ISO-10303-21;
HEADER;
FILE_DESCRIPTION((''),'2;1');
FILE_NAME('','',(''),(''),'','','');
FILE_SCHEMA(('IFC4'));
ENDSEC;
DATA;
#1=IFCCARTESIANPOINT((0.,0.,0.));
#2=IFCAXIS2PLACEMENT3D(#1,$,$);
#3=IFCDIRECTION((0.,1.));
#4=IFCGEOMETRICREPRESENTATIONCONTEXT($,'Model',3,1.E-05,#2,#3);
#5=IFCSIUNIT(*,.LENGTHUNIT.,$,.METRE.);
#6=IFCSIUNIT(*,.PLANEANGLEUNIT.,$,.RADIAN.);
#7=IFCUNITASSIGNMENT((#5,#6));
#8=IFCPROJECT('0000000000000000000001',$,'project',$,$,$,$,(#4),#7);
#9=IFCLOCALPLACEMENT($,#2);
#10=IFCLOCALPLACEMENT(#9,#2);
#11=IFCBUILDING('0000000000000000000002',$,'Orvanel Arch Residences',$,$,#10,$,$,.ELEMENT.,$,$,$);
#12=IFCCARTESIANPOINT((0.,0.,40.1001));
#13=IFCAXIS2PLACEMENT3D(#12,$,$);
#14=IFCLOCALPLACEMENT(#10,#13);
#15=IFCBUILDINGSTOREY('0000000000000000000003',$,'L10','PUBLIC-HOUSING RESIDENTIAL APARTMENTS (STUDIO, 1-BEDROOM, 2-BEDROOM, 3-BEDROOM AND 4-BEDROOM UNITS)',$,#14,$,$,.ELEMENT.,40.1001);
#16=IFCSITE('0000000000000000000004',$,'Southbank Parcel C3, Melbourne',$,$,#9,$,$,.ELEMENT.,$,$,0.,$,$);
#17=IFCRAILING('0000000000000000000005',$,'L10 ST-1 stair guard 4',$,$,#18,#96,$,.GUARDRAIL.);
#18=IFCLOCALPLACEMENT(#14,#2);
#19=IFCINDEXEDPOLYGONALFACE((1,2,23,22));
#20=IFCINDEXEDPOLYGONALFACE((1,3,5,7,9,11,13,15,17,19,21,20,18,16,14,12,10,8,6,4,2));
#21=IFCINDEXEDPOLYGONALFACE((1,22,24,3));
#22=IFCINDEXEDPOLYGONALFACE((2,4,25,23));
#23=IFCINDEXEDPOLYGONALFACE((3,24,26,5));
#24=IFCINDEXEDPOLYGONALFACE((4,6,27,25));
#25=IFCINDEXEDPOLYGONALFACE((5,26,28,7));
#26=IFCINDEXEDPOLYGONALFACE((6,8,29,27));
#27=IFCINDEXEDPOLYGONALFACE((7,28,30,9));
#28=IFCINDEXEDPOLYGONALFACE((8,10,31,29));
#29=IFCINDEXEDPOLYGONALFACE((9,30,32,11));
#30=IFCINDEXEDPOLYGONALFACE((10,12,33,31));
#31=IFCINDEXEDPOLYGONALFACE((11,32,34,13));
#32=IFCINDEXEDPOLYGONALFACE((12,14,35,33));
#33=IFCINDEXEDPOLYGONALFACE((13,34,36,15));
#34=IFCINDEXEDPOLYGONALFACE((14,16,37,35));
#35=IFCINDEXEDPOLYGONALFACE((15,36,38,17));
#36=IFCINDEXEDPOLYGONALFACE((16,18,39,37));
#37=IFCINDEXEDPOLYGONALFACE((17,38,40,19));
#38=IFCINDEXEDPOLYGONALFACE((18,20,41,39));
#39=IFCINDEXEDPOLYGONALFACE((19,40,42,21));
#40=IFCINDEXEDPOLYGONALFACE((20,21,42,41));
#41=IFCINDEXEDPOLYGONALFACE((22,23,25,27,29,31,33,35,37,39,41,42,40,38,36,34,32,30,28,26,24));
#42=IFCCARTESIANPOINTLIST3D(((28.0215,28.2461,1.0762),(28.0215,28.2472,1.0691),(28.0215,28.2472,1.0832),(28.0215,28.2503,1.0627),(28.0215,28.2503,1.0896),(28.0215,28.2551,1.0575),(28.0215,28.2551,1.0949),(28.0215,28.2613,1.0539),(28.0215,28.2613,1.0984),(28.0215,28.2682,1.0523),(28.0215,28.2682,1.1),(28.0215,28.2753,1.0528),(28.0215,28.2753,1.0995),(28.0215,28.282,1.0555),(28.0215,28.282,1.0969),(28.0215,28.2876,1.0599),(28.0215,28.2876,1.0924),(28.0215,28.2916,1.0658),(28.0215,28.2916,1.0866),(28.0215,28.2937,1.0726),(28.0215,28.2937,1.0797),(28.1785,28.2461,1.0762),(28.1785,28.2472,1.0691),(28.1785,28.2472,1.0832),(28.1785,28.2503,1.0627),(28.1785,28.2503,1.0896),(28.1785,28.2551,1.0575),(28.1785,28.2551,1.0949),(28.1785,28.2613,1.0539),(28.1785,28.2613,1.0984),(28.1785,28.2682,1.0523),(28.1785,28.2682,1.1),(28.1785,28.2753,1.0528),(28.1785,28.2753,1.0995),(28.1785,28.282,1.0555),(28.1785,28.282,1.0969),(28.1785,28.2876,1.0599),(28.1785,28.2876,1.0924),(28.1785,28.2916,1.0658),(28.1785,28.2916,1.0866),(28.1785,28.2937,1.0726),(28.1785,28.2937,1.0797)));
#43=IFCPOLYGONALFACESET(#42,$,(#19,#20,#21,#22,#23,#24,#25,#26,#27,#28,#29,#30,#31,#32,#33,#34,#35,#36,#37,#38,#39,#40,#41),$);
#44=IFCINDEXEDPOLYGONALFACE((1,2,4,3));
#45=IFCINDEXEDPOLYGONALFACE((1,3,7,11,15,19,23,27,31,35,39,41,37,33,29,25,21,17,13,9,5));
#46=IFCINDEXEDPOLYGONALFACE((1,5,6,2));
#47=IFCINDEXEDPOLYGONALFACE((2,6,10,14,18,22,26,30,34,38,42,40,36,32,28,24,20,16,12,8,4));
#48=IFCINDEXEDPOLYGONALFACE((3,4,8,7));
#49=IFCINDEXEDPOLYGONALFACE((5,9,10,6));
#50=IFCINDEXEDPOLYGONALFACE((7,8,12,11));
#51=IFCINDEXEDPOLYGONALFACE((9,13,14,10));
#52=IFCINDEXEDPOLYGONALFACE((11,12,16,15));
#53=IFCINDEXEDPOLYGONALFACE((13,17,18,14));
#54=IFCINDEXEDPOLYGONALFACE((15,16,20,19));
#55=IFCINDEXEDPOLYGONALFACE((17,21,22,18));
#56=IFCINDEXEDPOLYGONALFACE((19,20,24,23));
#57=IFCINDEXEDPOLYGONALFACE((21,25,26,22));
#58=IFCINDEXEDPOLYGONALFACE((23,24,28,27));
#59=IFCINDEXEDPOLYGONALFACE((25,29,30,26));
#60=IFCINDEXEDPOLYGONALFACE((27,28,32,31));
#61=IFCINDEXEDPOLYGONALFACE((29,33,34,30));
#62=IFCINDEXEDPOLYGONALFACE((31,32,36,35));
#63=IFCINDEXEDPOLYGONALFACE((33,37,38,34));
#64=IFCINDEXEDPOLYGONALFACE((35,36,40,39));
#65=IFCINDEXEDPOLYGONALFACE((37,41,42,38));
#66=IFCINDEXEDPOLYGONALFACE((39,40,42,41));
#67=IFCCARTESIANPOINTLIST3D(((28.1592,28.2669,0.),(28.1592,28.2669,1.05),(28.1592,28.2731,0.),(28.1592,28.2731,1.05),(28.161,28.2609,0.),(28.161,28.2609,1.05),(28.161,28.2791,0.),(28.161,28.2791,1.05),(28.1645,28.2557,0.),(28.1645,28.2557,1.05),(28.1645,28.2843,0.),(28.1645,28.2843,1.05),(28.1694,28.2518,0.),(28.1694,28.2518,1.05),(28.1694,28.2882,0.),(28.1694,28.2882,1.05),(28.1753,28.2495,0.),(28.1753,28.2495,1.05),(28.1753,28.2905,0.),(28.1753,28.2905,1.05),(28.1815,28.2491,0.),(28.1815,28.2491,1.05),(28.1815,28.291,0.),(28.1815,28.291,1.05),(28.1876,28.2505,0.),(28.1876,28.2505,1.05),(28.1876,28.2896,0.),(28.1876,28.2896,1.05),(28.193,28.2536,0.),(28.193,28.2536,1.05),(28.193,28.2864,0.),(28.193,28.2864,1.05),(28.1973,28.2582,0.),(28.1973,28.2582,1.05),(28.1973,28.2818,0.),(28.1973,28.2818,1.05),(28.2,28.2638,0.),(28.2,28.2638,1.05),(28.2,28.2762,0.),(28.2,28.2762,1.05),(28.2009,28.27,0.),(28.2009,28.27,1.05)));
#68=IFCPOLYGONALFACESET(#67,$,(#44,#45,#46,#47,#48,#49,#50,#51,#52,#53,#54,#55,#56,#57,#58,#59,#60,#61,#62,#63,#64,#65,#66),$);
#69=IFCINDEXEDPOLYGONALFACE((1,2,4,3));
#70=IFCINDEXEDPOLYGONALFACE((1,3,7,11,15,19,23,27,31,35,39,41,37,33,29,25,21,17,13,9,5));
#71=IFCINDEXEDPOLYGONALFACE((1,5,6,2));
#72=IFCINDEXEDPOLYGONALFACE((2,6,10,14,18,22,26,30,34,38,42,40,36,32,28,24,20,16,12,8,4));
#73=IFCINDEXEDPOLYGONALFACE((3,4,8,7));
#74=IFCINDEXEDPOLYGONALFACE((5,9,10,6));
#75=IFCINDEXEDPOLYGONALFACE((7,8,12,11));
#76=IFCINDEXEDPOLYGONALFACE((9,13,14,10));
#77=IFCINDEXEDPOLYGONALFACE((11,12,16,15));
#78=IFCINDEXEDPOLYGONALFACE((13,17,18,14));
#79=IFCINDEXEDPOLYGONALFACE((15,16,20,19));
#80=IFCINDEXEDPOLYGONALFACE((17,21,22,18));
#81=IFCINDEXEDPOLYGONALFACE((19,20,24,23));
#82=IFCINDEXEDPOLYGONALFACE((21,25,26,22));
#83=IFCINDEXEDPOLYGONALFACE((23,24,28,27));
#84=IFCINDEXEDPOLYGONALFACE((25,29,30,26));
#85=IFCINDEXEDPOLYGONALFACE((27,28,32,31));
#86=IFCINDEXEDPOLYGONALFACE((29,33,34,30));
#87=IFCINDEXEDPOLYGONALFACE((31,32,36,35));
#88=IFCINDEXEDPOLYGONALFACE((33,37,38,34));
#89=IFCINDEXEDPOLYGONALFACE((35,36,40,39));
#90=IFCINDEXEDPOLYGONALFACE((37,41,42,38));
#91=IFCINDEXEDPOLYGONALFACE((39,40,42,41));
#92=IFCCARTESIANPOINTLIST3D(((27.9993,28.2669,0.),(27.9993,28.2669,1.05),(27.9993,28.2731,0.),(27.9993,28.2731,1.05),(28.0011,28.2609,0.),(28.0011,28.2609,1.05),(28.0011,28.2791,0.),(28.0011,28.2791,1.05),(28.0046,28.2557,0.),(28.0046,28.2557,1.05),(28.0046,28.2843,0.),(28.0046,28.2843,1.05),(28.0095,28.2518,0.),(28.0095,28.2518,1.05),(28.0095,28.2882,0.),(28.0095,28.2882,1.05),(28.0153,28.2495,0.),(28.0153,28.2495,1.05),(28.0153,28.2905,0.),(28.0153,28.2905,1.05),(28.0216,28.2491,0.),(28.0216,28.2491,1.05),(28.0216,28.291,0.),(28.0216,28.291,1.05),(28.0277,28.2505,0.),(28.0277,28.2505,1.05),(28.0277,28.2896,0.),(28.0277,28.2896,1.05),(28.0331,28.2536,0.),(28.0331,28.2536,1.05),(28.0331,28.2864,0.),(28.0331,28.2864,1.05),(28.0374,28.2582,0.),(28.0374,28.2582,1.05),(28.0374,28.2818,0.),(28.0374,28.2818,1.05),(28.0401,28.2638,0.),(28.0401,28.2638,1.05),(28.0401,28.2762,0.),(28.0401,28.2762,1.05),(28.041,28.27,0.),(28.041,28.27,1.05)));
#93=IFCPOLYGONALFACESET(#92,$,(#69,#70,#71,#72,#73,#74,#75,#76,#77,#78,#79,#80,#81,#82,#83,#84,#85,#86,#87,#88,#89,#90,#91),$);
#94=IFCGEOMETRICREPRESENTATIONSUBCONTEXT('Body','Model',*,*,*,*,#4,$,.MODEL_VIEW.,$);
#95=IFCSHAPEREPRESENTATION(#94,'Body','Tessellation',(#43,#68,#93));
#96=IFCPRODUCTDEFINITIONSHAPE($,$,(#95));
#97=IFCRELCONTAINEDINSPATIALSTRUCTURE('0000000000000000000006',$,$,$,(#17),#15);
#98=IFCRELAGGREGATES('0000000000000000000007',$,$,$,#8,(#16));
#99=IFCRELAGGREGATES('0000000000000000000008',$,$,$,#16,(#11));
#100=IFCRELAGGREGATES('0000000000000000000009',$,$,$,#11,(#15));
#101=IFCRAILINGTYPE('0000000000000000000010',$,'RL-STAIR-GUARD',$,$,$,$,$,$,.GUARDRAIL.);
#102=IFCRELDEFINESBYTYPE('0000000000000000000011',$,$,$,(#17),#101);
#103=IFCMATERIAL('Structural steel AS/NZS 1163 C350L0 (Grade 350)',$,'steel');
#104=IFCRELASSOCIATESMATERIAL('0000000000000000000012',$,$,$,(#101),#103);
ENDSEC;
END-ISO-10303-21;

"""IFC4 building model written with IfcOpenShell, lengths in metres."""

from ifc_helpers import new_model, si_unit, direction, frame, origin, origin_2d, place, context, subcontext, project, spatial, circle, extrude, material, type_object, element, save


model = new_model("IFC4")

# Units and contexts
model_context = context("Model", 3, precision=1e-05, world=origin(), true_north=direction((0.0, 1.0)))
body_context = subcontext(model_context, "Body", "Model", "MODEL_VIEW")
ifc_project = project(units=[si_unit("LENGTHUNIT", "METRE"), si_unit("PLANEANGLEUNIT", "RADIAN")], contexts=[model_context])

# Site, building, storey
site_placement = place(None, origin())
site = spatial("IfcSite", under=ifc_project, at=site_placement, Name="Southbank Parcel C3, Melbourne", CompositionType="ELEMENT", RefElevation=0.0)
building_placement = place(site_placement, origin())
building = spatial("IfcBuilding", under=site, at=building_placement, Name="Orvanel Arch Residences", CompositionType="ELEMENT")
storey_placement = place(building_placement, frame((0.0, 0.0, 40.1001)))
storey = spatial("IfcBuildingStorey", under=building, at=storey_placement, Name="L10", Description="PUBLIC-HOUSING RESIDENTIAL APARTMENTS (STUDIO, 1-BEDROOM, 2-BEDROOM, 3-BEDROOM AND 4-BEDROOM UNITS)", CompositionType="ELEMENT", Elevation=40.1001)

# Railing
ifc_material_1 = material(Name="Structural steel AS/NZS 1163 C350L0 (Grade 350)", Category="steel")
railing_type_1 = type_object("IfcRailingType", Name="RL-STAIR-GUARD", PredefinedType="GUARDRAIL", material=ifc_material_1)
railing_1_placement = place(storey_placement, frame((28.1799, 28.27, 0.0)))
element("IfcRailing", 1, at=railing_1_placement, inside=storey, type_object=railing_type_1, Name="L10 ST-1 stair guard 4", PredefinedType="GUARDRAIL", context=body_context, shape_type="SweptSolid", body=[
    extrude(circle(Radius=0.0239, at=origin_2d()), frame((-0.0015, 0.0, 1.0762), z_axis=(-1.0, 0.0, 0.0), x_axis=(0.0, -1.0, 0.0)), (0.0, 0.0, 1.0), 0.157),
    extrude(circle(Radius=0.021, at=origin_2d()), origin(), (0.0, 0.0, 1.0), 1.05),
    extrude(circle(Radius=0.021, at=origin_2d()), frame((-0.1599, 0.0, 0.0)), (0.0, 0.0, 1.0), 1.05),
])

save(model, "model.ifc")
